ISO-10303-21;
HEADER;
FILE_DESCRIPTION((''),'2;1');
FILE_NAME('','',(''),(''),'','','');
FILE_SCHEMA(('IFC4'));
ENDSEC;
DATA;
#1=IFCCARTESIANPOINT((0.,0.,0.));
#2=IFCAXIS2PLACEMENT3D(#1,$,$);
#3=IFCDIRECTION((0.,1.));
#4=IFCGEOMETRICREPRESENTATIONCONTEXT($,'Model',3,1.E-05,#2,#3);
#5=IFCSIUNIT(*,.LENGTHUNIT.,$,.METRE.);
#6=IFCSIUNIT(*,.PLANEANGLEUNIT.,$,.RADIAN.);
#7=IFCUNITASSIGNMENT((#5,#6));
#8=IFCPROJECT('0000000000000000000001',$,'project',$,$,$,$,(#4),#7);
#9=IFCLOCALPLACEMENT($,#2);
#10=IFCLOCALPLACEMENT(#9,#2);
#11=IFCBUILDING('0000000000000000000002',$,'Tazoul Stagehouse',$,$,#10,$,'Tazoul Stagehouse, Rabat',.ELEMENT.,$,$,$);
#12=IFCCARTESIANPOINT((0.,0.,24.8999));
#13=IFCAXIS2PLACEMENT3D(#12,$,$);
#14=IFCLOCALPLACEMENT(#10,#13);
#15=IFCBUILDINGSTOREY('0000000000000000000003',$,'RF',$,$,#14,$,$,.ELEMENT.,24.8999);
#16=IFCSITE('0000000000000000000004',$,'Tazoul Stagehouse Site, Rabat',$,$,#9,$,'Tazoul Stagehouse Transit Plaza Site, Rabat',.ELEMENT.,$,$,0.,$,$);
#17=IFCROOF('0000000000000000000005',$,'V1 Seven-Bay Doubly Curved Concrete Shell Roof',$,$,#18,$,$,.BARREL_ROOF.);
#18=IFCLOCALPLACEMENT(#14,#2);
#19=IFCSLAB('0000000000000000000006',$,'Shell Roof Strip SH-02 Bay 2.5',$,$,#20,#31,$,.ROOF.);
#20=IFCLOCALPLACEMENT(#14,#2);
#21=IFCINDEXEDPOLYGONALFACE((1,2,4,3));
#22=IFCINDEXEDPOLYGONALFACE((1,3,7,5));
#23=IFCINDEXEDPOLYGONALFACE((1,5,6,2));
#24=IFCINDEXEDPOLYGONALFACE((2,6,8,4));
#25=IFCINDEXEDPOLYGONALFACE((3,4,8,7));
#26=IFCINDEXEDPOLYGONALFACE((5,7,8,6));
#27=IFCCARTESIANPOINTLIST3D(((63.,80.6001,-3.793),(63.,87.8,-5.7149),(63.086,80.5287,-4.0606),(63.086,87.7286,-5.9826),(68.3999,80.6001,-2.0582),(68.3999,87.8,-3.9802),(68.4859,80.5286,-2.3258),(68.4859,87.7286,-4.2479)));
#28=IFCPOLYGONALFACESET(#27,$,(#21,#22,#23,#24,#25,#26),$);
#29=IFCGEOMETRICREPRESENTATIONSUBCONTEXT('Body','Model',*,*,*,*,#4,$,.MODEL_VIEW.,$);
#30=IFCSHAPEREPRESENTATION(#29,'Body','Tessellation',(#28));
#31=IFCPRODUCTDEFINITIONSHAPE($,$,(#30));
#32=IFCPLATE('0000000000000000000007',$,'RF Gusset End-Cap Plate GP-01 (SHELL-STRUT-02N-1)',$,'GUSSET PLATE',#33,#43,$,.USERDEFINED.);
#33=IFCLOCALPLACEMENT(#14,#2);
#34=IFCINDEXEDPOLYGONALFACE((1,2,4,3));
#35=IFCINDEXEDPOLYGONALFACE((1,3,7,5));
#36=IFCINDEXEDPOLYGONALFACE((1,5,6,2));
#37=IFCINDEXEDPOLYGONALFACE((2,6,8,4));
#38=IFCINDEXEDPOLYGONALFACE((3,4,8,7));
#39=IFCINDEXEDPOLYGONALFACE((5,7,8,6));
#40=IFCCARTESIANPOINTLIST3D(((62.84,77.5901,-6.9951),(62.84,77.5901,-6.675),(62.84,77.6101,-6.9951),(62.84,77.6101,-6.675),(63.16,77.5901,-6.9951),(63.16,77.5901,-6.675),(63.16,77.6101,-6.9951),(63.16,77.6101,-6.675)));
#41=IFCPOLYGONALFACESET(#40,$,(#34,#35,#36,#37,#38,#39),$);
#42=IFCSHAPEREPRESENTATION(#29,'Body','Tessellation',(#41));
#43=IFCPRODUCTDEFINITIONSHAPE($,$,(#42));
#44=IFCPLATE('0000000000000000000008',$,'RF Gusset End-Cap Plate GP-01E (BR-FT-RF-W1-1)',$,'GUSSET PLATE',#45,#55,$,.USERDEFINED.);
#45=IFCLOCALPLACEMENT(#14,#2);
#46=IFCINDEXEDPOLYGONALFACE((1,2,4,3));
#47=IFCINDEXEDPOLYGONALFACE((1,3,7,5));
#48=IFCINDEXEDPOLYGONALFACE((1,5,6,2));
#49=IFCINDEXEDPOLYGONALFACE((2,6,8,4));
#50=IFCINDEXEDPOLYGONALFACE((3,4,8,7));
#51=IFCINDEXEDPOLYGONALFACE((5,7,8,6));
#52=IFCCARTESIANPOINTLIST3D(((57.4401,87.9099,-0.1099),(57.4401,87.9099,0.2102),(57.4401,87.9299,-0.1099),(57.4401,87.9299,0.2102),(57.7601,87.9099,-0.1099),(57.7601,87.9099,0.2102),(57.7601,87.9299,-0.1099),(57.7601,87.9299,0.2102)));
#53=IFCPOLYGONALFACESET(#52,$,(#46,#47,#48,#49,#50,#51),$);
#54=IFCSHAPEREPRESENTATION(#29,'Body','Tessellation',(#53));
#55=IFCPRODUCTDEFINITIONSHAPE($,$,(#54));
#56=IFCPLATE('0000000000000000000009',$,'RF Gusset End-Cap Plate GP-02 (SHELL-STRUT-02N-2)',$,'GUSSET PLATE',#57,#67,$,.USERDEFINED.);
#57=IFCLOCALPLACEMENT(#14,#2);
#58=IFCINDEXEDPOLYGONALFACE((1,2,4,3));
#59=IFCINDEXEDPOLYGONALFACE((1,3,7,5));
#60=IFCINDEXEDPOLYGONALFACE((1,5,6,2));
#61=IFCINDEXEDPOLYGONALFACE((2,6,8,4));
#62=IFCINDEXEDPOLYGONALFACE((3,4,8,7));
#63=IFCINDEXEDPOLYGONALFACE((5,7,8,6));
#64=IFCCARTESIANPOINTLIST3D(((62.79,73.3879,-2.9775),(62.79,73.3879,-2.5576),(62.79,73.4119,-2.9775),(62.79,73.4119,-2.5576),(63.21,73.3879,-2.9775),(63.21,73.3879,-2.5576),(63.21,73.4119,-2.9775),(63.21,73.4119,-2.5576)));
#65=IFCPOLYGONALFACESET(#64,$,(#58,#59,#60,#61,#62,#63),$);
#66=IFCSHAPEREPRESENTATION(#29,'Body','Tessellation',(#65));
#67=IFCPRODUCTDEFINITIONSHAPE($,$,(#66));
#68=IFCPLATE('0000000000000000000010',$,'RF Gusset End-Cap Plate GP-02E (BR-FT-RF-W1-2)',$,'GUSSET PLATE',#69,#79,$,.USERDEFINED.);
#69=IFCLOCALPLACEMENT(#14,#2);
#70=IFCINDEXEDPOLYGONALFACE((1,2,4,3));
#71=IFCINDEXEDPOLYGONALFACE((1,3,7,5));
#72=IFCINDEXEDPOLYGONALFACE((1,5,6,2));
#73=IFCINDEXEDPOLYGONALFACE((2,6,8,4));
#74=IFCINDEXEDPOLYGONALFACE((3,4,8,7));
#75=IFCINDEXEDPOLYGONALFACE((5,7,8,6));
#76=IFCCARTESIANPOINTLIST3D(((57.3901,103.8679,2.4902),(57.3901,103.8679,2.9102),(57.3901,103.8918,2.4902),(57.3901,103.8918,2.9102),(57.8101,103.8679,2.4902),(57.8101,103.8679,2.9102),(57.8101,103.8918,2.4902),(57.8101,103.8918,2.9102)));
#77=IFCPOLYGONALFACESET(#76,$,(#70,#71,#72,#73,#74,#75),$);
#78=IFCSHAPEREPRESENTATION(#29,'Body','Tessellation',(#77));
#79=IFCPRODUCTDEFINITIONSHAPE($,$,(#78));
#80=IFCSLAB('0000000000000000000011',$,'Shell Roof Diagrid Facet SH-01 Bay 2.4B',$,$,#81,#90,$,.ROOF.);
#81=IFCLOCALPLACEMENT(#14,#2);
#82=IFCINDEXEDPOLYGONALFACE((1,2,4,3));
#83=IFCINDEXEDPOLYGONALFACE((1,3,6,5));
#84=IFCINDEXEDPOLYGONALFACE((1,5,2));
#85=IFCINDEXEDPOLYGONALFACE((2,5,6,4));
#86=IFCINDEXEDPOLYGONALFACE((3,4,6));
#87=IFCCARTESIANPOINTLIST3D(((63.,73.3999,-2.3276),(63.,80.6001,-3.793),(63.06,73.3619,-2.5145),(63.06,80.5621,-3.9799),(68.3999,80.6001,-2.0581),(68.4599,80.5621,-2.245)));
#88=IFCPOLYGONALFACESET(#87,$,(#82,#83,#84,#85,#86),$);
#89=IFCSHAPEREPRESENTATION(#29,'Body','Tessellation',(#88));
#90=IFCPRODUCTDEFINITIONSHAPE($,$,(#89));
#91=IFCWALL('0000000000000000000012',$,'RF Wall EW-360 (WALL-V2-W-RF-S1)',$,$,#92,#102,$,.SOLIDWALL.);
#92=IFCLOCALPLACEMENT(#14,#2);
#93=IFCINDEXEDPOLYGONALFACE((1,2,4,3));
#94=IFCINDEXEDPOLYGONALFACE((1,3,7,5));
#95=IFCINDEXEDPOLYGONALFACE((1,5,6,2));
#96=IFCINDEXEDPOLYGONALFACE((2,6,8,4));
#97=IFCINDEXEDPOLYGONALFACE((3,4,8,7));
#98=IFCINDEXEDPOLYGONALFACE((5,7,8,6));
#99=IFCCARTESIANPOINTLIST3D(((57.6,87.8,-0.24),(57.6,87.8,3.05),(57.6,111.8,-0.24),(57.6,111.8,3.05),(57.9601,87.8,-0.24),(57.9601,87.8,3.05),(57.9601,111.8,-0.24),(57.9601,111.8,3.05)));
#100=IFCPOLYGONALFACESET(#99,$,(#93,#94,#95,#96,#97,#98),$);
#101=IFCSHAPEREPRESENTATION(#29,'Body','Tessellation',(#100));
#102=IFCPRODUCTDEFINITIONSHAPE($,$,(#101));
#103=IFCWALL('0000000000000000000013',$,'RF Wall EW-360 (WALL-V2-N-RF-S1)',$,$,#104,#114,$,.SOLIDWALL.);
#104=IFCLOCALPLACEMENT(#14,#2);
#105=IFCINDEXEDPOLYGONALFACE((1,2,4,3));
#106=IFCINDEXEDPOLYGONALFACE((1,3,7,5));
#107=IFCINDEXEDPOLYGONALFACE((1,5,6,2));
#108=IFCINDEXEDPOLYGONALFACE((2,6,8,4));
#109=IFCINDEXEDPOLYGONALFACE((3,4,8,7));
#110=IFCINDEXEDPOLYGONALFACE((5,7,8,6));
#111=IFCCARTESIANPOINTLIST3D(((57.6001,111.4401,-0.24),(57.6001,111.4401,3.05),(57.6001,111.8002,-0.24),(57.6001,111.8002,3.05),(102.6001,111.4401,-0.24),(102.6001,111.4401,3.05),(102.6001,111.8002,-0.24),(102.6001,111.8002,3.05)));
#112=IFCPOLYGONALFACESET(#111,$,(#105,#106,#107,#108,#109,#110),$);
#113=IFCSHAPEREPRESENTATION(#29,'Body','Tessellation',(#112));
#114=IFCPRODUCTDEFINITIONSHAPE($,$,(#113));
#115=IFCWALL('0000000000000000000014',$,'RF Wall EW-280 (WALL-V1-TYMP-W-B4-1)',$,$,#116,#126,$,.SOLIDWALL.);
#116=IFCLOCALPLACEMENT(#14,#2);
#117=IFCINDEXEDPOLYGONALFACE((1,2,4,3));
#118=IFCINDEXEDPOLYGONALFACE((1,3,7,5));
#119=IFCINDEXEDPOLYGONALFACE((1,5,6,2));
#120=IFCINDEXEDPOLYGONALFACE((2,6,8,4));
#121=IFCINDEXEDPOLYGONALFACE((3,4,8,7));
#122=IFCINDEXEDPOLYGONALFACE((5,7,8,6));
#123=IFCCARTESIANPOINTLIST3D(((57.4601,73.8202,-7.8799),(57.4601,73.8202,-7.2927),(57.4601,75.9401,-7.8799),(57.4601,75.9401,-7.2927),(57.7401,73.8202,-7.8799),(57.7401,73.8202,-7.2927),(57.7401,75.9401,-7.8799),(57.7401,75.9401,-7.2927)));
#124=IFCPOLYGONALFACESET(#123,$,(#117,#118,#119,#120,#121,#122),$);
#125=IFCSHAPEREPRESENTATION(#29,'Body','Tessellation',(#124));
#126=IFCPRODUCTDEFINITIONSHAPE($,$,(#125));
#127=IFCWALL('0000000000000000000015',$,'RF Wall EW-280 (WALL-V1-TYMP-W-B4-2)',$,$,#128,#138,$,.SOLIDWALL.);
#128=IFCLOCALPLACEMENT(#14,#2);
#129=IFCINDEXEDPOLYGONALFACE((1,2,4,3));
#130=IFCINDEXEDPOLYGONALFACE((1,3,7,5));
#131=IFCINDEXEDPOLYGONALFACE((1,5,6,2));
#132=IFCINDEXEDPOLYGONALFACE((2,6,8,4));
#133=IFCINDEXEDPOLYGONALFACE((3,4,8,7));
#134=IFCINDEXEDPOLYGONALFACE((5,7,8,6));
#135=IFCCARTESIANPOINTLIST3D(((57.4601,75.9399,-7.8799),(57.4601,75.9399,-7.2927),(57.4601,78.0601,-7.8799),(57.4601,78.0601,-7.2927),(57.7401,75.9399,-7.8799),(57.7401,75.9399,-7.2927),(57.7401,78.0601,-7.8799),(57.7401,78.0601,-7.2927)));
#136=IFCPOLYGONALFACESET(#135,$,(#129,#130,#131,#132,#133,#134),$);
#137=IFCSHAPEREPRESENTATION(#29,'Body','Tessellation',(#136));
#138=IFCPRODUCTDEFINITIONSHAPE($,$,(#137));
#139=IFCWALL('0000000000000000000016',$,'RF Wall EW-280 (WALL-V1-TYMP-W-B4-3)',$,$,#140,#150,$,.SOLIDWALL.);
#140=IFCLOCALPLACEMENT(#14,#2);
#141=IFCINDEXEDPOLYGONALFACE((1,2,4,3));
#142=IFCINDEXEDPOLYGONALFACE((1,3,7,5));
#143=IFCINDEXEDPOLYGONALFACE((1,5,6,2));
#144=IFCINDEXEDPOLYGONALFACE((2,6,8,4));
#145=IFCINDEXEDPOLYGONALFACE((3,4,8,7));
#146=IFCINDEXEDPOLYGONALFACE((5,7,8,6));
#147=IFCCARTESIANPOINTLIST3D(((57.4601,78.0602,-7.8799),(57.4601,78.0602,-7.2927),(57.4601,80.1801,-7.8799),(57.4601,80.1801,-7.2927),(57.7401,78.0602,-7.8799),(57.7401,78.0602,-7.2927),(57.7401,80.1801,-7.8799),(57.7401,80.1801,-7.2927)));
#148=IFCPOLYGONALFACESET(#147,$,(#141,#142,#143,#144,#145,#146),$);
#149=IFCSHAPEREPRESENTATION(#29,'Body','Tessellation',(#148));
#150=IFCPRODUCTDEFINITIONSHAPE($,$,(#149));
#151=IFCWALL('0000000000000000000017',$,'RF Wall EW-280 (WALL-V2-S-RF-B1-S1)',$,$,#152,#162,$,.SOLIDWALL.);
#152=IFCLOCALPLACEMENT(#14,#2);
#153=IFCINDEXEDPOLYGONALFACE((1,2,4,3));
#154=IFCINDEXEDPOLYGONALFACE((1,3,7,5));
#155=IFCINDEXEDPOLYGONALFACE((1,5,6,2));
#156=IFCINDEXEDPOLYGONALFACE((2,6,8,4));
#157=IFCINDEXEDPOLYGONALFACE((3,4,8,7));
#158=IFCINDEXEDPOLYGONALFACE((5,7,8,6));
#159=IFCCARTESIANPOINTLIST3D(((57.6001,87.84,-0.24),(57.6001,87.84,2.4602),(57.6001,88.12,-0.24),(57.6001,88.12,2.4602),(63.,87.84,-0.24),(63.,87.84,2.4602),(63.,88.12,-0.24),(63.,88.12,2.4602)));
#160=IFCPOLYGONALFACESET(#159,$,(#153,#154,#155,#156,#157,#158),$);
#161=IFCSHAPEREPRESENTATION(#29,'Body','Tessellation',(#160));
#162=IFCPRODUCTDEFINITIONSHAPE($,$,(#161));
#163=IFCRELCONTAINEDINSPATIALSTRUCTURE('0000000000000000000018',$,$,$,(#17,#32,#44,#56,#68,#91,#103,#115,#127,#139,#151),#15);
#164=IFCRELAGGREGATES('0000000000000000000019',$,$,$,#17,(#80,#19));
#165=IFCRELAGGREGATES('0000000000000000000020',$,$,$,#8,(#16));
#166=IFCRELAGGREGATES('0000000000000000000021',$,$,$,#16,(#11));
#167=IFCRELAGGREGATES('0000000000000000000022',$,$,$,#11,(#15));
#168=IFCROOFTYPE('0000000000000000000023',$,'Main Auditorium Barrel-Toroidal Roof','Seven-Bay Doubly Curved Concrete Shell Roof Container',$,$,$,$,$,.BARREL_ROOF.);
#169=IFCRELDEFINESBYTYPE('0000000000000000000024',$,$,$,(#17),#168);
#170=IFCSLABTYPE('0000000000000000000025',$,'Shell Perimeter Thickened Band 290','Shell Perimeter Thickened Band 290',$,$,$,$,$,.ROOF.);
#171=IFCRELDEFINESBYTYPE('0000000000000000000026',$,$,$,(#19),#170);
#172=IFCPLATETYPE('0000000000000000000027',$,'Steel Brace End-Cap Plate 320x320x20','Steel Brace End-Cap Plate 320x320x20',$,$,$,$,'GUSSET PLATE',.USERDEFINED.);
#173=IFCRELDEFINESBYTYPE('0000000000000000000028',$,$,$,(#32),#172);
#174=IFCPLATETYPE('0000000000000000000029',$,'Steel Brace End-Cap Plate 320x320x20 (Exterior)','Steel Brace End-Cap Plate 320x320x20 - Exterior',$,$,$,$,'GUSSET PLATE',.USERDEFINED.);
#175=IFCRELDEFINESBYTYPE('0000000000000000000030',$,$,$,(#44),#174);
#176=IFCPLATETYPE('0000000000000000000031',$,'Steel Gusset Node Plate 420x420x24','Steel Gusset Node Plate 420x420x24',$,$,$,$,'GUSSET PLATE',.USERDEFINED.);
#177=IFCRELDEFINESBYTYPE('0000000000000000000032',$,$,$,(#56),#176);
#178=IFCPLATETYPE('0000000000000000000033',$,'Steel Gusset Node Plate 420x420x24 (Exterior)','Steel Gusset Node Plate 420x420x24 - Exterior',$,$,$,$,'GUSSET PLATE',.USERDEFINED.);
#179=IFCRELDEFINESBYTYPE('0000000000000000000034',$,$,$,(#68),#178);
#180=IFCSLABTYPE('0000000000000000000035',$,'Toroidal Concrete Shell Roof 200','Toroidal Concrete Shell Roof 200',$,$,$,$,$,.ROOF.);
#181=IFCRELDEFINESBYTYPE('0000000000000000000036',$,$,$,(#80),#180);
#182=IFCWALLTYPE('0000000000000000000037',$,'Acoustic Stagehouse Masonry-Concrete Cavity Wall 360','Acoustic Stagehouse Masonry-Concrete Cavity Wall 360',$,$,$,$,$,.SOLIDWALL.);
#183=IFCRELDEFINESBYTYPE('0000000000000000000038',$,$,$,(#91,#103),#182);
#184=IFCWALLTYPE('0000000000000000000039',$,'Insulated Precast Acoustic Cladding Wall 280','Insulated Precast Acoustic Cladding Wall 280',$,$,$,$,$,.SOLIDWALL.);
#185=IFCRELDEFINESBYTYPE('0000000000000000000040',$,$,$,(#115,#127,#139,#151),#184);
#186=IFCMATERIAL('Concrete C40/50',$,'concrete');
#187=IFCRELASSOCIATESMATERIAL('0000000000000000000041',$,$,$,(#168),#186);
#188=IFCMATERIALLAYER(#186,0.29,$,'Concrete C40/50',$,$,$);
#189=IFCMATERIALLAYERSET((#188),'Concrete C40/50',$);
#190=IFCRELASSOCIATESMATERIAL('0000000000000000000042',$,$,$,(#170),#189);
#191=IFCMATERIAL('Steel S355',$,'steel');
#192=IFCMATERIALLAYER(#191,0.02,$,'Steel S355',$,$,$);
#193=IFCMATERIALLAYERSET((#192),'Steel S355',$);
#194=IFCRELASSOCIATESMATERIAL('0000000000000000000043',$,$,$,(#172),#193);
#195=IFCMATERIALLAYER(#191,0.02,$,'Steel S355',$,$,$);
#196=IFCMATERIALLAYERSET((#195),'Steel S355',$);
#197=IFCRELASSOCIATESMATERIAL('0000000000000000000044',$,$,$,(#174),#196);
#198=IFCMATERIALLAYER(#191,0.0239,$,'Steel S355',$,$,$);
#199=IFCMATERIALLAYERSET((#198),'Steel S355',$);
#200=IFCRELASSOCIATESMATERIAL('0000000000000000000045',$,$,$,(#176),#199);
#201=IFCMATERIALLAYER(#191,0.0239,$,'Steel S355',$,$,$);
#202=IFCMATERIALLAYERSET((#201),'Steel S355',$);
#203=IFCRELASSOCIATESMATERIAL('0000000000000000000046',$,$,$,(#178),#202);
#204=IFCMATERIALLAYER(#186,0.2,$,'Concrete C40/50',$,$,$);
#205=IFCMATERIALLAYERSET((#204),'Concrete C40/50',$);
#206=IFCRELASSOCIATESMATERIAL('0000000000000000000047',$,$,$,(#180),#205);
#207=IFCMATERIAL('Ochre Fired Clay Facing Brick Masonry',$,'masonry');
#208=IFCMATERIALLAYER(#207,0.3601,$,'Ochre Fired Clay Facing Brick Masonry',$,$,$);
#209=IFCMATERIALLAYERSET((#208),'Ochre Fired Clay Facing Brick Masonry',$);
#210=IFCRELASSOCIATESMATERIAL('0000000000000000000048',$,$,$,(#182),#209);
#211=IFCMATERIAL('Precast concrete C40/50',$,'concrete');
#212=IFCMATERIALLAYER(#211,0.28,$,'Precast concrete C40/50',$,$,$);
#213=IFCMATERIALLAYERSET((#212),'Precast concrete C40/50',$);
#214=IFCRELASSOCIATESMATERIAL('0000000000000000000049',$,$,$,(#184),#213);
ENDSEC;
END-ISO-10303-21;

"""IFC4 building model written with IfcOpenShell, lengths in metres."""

from ifc_helpers import new_model, si_unit, direction, frame, frame_2d, origin, origin_2d, place, context, subcontext, project, spatial, polyline, rectangle, outline, extrude, material, layer, layer_set, type_object, element, aggregate, save


model = new_model("IFC4")

# Units and contexts
model_context = context("Model", 3, precision=1e-05, world=origin(), true_north=direction((0.0, 1.0)))
body_context = subcontext(model_context, "Body", "Model", "MODEL_VIEW")
ifc_project = project(units=[si_unit("LENGTHUNIT", "METRE"), si_unit("PLANEANGLEUNIT", "RADIAN")], contexts=[model_context])

# Site, building, storey
site_placement = place(None, origin())
site = spatial("IfcSite", under=ifc_project, at=site_placement, Name="Tazoul Stagehouse Site, Rabat", LongName="Tazoul Stagehouse Transit Plaza Site, Rabat", CompositionType="ELEMENT", RefElevation=0.0)
building_placement = place(site_placement, origin())
building = spatial("IfcBuilding", under=site, at=building_placement, Name="Tazoul Stagehouse", LongName="Tazoul Stagehouse, Rabat", CompositionType="ELEMENT")
storey_placement = place(building_placement, frame((0.0, 0.0, 24.8999)))
storey = spatial("IfcBuildingStorey", under=building, at=storey_placement, Name="RF", CompositionType="ELEMENT", Elevation=24.8999)

# Shared definitions
ifc_material_1 = material(Name="Steel S355", Category="steel")

# Shared definitions
ifc_material_2 = material(Name="Concrete C40/50", Category="concrete")

# Roof, slab
roof_type = type_object("IfcRoofType", Name="Main Auditorium Barrel-Toroidal Roof", Description="Seven-Bay Doubly Curved Concrete Shell Roof Container", PredefinedType="BARREL_ROOF", material=ifc_material_2)
roof_placement = place(storey_placement, origin())
roof = element("IfcRoof", 1, at=roof_placement, inside=storey, type_object=roof_type, Name="V1 Seven-Bay Doubly Curved Concrete Shell Roof", PredefinedType="BARREL_ROOF")
ifc_layer_1 = layer(ifc_material_2, 0.29, Name="Concrete C40/50")
ifc_layer_set_1 = layer_set([ifc_layer_1], Name="Concrete C40/50")
slab_type_1 = type_object("IfcSlabType", Name="Shell Perimeter Thickened Band 290", Description="Shell Perimeter Thickened Band 290", PredefinedType="ROOF", material=ifc_layer_set_1)
slab_1_placement = place(storey_placement, frame((63.0, 80.6001, -3.793), z_axis=(-0.296435, 0.246322, 0.922742), x_axis=(0.952077, -0.000005, 0.30586)))
slab_1 = element("IfcSlab", 2, at=slab_1_placement, type_object=slab_type_1, Name="Shell Roof Strip SH-02 Bay 2.5", PredefinedType="ROOF", context=body_context, shape_type="SweptSolid", body=[
    extrude(outline(polyline([(0.0, 0.0), (5.6717, 0.0), (5.0838, 7.4289), (-0.5879, 7.4288), (0.0, 0.0)])), origin(), (0.0, 0.0, -1.0), 0.29),
])

# Plates
ifc_layer_2 = layer(ifc_material_1, 0.02, Name="Steel S355")
ifc_layer_set_2 = layer_set([ifc_layer_2], Name="Steel S355")
plate_type_1 = type_object("IfcPlateType", Name="Steel Brace End-Cap Plate 320x320x20", Description="Steel Brace End-Cap Plate 320x320x20", ElementType="GUSSET PLATE", PredefinedType="USERDEFINED", material=ifc_layer_set_2)
plate_1_placement = place(storey_placement, frame((63.0, 77.6001, -6.9951), z_axis=(0.0, 0.0, 1.0), x_axis=(0.0, -1.0, 0.0)))
element("IfcPlate", 3, at=plate_1_placement, inside=storey, type_object=plate_type_1, Name="RF Gusset End-Cap Plate GP-01 (SHELL-STRUT-02N-1)", ObjectType="GUSSET PLATE", PredefinedType="USERDEFINED", context=body_context, shape_type="SweptSolid", body=[
    extrude(rectangle(XDim=0.02, YDim=0.3201, at=origin_2d()), origin(), (0.0, 0.0, 1.0), 0.3201),
])
ifc_layer_3 = layer(ifc_material_1, 0.02, Name="Steel S355")
ifc_layer_set_3 = layer_set([ifc_layer_3], Name="Steel S355")
plate_type_2 = type_object("IfcPlateType", Name="Steel Brace End-Cap Plate 320x320x20 (Exterior)", Description="Steel Brace End-Cap Plate 320x320x20 - Exterior", ElementType="GUSSET PLATE", PredefinedType="USERDEFINED", material=ifc_layer_set_3)
plate_2_placement = place(storey_placement, frame((57.6001, 87.9199, -0.1099), z_axis=(0.0, 0.0, 1.0), x_axis=(0.0, 1.0, 0.0)))
element("IfcPlate", 4, at=plate_2_placement, inside=storey, type_object=plate_type_2, Name="RF Gusset End-Cap Plate GP-01E (BR-FT-RF-W1-1)", ObjectType="GUSSET PLATE", PredefinedType="USERDEFINED", context=body_context, shape_type="SweptSolid", body=[
    extrude(rectangle(XDim=0.02, YDim=0.3201, at=origin_2d()), origin(), (0.0, 0.0, 1.0), 0.3201),
])
ifc_layer_4 = layer(ifc_material_1, 0.0239, Name="Steel S355")
ifc_layer_set_4 = layer_set([ifc_layer_4], Name="Steel S355")
plate_type_3 = type_object("IfcPlateType", Name="Steel Gusset Node Plate 420x420x24", Description="Steel Gusset Node Plate 420x420x24", ElementType="GUSSET PLATE", PredefinedType="USERDEFINED", material=ifc_layer_set_4)
plate_3_placement = place(storey_placement, frame((63.0, 73.3999, -2.9775), z_axis=(0.0, 0.0, 1.0), x_axis=(0.0, -1.0, 0.0)))
element("IfcPlate", 5, at=plate_3_placement, inside=storey, type_object=plate_type_3, Name="RF Gusset End-Cap Plate GP-02 (SHELL-STRUT-02N-2)", ObjectType="GUSSET PLATE", PredefinedType="USERDEFINED", context=body_context, shape_type="SweptSolid", body=[
    extrude(rectangle(XDim=0.0239, YDim=0.4199, at=origin_2d()), origin(), (0.0, 0.0, 1.0), 0.4199),
])
ifc_layer_5 = layer(ifc_material_1, 0.0239, Name="Steel S355")
ifc_layer_set_5 = layer_set([ifc_layer_5], Name="Steel S355")
plate_type_4 = type_object("IfcPlateType", Name="Steel Gusset Node Plate 420x420x24 (Exterior)", Description="Steel Gusset Node Plate 420x420x24 - Exterior", ElementType="GUSSET PLATE", PredefinedType="USERDEFINED", material=ifc_layer_set_5)
plate_4_placement = place(storey_placement, frame((57.6001, 103.8799, 2.4902), z_axis=(0.0, 0.0, 1.0), x_axis=(0.0, 1.0, 0.0)))
element("IfcPlate", 6, at=plate_4_placement, inside=storey, type_object=plate_type_4, Name="RF Gusset End-Cap Plate GP-02E (BR-FT-RF-W1-2)", ObjectType="GUSSET PLATE", PredefinedType="USERDEFINED", context=body_context, shape_type="SweptSolid", body=[
    extrude(rectangle(XDim=0.0239, YDim=0.4199, at=origin_2d()), origin(), (0.0, 0.0, 1.0), 0.4199),
])

# Slab
ifc_layer_6 = layer(ifc_material_2, 0.2, Name="Concrete C40/50")
ifc_layer_set_6 = layer_set([ifc_layer_6], Name="Concrete C40/50")
slab_type_2 = type_object("IfcSlabType", Name="Toroidal Concrete Shell Roof 200", Description="Toroidal Concrete Shell Roof 200", PredefinedType="ROOF", material=ifc_layer_set_6)
slab_2_placement = place(storey_placement, frame((63.0, 73.3999, -2.3276), z_axis=(-0.300293, 0.190221, 0.934687), x_axis=(0.599714, 0.799655, 0.029934)))
slab_2 = element("IfcSlab", 7, at=slab_2_placement, type_object=slab_type_2, Name="Shell Roof Diagrid Facet SH-01 Bay 2.4B", PredefinedType="ROOF", context=body_context, shape_type="SweptSolid", body=[
    extrude(outline(polyline([(0.0, 0.0), (9.0041, 0.0), (5.7138, 4.6198), (0.0, 0.0)])), origin(), (0.0, 0.0, -1.0), 0.2),
])
aggregate(roof, [slab_2, slab_1])

# Walls
ifc_material_3 = material(Name="Ochre Fired Clay Facing Brick Masonry", Category="masonry")
ifc_layer_7 = layer(ifc_material_3, 0.3601, Name="Ochre Fired Clay Facing Brick Masonry")
ifc_layer_set_7 = layer_set([ifc_layer_7], Name="Ochre Fired Clay Facing Brick Masonry")
wall_type_1 = type_object("IfcWallType", Name="Acoustic Stagehouse Masonry-Concrete Cavity Wall 360", Description="Acoustic Stagehouse Masonry-Concrete Cavity Wall 360", PredefinedType="SOLIDWALL", material=ifc_layer_set_7)
wall_1_placement = place(storey_placement, frame((57.78, 87.8, -0.24), z_axis=(0.0, 0.0, 1.0), x_axis=(0.0, 1.0, 0.0)))
element("IfcWall", 8, at=wall_1_placement, inside=storey, type_object=wall_type_1, Name="RF Wall EW-360 (WALL-V2-W-RF-S1)", PredefinedType="SOLIDWALL", context=body_context, shape_type="SweptSolid", body=[
    extrude(rectangle(XDim=24.0, YDim=0.3601, at=frame_2d((12.0, 0.0))), origin(), (0.0, 0.0, 1.0), 3.29),
])
wall_2_placement = place(storey_placement, frame((57.6001, 111.6201, -0.24), z_axis=(0.0, 0.0, 1.0), x_axis=(1.0, 0.0, 0.0)))
element("IfcWall", 9, at=wall_2_placement, inside=storey, type_object=wall_type_1, Name="RF Wall EW-360 (WALL-V2-N-RF-S1)", PredefinedType="SOLIDWALL", context=body_context, shape_type="SweptSolid", body=[
    extrude(rectangle(XDim=45.0, YDim=0.3601, at=frame_2d((22.5, 0.0))), origin(), (0.0, 0.0, 1.0), 3.29),
])
ifc_material_4 = material(Name="Precast concrete C40/50", Category="concrete")
ifc_layer_8 = layer(ifc_material_4, 0.28, Name="Precast concrete C40/50")
ifc_layer_set_8 = layer_set([ifc_layer_8], Name="Precast concrete C40/50")
wall_type_2 = type_object("IfcWallType", Name="Insulated Precast Acoustic Cladding Wall 280", Description="Insulated Precast Acoustic Cladding Wall 280", PredefinedType="SOLIDWALL", material=ifc_layer_set_8)
wall_3_placement = place(storey_placement, frame((57.6001, 73.8201, -7.8799), z_axis=(0.0, 0.0, 1.0), x_axis=(0.0, 1.0, 0.0)))
element("IfcWall", 10, at=wall_3_placement, inside=storey, type_object=wall_type_2, Name="RF Wall EW-280 (WALL-V1-TYMP-W-B4-1)", PredefinedType="SOLIDWALL", context=body_context, shape_type="SweptSolid", body=[
    extrude(rectangle(XDim=2.1199, YDim=0.28, at=frame_2d((1.0601, 0.0))), origin(), (0.0, 0.0, 1.0), 0.5872),
])
wall_4_placement = place(storey_placement, frame((57.6001, 75.9399, -7.8799), z_axis=(0.0, 0.0, 1.0), x_axis=(0.0, 1.0, 0.0)))
element("IfcWall", 11, at=wall_4_placement, inside=storey, type_object=wall_type_2, Name="RF Wall EW-280 (WALL-V1-TYMP-W-B4-2)", PredefinedType="SOLIDWALL", context=body_context, shape_type="SweptSolid", body=[
    extrude(rectangle(XDim=2.1201, YDim=0.28, at=frame_2d((1.0601, 0.0))), origin(), (0.0, 0.0, 1.0), 0.5872),
])
wall_5_placement = place(storey_placement, frame((57.6001, 78.0601, -7.8799), z_axis=(0.0, 0.0, 1.0), x_axis=(0.0, 1.0, 0.0)))
element("IfcWall", 12, at=wall_5_placement, inside=storey, type_object=wall_type_2, Name="RF Wall EW-280 (WALL-V1-TYMP-W-B4-3)", PredefinedType="SOLIDWALL", context=body_context, shape_type="SweptSolid", body=[
    extrude(rectangle(XDim=2.1199, YDim=0.28, at=frame_2d((1.0601, 0.0))), origin(), (0.0, 0.0, 1.0), 0.5872),
])
wall_6_placement = place(storey_placement, frame((57.6001, 87.98, -0.24), z_axis=(0.0, 0.0, 1.0), x_axis=(1.0, 0.0, 0.0)))
element("IfcWall", 13, at=wall_6_placement, inside=storey, type_object=wall_type_2, Name="RF Wall EW-280 (WALL-V2-S-RF-B1-S1)", PredefinedType="SOLIDWALL", context=body_context, shape_type="SweptSolid", body=[
    extrude(rectangle(XDim=5.3999, YDim=0.28, at=frame_2d((2.7, 0.0))), origin(), (0.0, 0.0, 1.0), 2.7002),
])

save(model, "model.ifc")
